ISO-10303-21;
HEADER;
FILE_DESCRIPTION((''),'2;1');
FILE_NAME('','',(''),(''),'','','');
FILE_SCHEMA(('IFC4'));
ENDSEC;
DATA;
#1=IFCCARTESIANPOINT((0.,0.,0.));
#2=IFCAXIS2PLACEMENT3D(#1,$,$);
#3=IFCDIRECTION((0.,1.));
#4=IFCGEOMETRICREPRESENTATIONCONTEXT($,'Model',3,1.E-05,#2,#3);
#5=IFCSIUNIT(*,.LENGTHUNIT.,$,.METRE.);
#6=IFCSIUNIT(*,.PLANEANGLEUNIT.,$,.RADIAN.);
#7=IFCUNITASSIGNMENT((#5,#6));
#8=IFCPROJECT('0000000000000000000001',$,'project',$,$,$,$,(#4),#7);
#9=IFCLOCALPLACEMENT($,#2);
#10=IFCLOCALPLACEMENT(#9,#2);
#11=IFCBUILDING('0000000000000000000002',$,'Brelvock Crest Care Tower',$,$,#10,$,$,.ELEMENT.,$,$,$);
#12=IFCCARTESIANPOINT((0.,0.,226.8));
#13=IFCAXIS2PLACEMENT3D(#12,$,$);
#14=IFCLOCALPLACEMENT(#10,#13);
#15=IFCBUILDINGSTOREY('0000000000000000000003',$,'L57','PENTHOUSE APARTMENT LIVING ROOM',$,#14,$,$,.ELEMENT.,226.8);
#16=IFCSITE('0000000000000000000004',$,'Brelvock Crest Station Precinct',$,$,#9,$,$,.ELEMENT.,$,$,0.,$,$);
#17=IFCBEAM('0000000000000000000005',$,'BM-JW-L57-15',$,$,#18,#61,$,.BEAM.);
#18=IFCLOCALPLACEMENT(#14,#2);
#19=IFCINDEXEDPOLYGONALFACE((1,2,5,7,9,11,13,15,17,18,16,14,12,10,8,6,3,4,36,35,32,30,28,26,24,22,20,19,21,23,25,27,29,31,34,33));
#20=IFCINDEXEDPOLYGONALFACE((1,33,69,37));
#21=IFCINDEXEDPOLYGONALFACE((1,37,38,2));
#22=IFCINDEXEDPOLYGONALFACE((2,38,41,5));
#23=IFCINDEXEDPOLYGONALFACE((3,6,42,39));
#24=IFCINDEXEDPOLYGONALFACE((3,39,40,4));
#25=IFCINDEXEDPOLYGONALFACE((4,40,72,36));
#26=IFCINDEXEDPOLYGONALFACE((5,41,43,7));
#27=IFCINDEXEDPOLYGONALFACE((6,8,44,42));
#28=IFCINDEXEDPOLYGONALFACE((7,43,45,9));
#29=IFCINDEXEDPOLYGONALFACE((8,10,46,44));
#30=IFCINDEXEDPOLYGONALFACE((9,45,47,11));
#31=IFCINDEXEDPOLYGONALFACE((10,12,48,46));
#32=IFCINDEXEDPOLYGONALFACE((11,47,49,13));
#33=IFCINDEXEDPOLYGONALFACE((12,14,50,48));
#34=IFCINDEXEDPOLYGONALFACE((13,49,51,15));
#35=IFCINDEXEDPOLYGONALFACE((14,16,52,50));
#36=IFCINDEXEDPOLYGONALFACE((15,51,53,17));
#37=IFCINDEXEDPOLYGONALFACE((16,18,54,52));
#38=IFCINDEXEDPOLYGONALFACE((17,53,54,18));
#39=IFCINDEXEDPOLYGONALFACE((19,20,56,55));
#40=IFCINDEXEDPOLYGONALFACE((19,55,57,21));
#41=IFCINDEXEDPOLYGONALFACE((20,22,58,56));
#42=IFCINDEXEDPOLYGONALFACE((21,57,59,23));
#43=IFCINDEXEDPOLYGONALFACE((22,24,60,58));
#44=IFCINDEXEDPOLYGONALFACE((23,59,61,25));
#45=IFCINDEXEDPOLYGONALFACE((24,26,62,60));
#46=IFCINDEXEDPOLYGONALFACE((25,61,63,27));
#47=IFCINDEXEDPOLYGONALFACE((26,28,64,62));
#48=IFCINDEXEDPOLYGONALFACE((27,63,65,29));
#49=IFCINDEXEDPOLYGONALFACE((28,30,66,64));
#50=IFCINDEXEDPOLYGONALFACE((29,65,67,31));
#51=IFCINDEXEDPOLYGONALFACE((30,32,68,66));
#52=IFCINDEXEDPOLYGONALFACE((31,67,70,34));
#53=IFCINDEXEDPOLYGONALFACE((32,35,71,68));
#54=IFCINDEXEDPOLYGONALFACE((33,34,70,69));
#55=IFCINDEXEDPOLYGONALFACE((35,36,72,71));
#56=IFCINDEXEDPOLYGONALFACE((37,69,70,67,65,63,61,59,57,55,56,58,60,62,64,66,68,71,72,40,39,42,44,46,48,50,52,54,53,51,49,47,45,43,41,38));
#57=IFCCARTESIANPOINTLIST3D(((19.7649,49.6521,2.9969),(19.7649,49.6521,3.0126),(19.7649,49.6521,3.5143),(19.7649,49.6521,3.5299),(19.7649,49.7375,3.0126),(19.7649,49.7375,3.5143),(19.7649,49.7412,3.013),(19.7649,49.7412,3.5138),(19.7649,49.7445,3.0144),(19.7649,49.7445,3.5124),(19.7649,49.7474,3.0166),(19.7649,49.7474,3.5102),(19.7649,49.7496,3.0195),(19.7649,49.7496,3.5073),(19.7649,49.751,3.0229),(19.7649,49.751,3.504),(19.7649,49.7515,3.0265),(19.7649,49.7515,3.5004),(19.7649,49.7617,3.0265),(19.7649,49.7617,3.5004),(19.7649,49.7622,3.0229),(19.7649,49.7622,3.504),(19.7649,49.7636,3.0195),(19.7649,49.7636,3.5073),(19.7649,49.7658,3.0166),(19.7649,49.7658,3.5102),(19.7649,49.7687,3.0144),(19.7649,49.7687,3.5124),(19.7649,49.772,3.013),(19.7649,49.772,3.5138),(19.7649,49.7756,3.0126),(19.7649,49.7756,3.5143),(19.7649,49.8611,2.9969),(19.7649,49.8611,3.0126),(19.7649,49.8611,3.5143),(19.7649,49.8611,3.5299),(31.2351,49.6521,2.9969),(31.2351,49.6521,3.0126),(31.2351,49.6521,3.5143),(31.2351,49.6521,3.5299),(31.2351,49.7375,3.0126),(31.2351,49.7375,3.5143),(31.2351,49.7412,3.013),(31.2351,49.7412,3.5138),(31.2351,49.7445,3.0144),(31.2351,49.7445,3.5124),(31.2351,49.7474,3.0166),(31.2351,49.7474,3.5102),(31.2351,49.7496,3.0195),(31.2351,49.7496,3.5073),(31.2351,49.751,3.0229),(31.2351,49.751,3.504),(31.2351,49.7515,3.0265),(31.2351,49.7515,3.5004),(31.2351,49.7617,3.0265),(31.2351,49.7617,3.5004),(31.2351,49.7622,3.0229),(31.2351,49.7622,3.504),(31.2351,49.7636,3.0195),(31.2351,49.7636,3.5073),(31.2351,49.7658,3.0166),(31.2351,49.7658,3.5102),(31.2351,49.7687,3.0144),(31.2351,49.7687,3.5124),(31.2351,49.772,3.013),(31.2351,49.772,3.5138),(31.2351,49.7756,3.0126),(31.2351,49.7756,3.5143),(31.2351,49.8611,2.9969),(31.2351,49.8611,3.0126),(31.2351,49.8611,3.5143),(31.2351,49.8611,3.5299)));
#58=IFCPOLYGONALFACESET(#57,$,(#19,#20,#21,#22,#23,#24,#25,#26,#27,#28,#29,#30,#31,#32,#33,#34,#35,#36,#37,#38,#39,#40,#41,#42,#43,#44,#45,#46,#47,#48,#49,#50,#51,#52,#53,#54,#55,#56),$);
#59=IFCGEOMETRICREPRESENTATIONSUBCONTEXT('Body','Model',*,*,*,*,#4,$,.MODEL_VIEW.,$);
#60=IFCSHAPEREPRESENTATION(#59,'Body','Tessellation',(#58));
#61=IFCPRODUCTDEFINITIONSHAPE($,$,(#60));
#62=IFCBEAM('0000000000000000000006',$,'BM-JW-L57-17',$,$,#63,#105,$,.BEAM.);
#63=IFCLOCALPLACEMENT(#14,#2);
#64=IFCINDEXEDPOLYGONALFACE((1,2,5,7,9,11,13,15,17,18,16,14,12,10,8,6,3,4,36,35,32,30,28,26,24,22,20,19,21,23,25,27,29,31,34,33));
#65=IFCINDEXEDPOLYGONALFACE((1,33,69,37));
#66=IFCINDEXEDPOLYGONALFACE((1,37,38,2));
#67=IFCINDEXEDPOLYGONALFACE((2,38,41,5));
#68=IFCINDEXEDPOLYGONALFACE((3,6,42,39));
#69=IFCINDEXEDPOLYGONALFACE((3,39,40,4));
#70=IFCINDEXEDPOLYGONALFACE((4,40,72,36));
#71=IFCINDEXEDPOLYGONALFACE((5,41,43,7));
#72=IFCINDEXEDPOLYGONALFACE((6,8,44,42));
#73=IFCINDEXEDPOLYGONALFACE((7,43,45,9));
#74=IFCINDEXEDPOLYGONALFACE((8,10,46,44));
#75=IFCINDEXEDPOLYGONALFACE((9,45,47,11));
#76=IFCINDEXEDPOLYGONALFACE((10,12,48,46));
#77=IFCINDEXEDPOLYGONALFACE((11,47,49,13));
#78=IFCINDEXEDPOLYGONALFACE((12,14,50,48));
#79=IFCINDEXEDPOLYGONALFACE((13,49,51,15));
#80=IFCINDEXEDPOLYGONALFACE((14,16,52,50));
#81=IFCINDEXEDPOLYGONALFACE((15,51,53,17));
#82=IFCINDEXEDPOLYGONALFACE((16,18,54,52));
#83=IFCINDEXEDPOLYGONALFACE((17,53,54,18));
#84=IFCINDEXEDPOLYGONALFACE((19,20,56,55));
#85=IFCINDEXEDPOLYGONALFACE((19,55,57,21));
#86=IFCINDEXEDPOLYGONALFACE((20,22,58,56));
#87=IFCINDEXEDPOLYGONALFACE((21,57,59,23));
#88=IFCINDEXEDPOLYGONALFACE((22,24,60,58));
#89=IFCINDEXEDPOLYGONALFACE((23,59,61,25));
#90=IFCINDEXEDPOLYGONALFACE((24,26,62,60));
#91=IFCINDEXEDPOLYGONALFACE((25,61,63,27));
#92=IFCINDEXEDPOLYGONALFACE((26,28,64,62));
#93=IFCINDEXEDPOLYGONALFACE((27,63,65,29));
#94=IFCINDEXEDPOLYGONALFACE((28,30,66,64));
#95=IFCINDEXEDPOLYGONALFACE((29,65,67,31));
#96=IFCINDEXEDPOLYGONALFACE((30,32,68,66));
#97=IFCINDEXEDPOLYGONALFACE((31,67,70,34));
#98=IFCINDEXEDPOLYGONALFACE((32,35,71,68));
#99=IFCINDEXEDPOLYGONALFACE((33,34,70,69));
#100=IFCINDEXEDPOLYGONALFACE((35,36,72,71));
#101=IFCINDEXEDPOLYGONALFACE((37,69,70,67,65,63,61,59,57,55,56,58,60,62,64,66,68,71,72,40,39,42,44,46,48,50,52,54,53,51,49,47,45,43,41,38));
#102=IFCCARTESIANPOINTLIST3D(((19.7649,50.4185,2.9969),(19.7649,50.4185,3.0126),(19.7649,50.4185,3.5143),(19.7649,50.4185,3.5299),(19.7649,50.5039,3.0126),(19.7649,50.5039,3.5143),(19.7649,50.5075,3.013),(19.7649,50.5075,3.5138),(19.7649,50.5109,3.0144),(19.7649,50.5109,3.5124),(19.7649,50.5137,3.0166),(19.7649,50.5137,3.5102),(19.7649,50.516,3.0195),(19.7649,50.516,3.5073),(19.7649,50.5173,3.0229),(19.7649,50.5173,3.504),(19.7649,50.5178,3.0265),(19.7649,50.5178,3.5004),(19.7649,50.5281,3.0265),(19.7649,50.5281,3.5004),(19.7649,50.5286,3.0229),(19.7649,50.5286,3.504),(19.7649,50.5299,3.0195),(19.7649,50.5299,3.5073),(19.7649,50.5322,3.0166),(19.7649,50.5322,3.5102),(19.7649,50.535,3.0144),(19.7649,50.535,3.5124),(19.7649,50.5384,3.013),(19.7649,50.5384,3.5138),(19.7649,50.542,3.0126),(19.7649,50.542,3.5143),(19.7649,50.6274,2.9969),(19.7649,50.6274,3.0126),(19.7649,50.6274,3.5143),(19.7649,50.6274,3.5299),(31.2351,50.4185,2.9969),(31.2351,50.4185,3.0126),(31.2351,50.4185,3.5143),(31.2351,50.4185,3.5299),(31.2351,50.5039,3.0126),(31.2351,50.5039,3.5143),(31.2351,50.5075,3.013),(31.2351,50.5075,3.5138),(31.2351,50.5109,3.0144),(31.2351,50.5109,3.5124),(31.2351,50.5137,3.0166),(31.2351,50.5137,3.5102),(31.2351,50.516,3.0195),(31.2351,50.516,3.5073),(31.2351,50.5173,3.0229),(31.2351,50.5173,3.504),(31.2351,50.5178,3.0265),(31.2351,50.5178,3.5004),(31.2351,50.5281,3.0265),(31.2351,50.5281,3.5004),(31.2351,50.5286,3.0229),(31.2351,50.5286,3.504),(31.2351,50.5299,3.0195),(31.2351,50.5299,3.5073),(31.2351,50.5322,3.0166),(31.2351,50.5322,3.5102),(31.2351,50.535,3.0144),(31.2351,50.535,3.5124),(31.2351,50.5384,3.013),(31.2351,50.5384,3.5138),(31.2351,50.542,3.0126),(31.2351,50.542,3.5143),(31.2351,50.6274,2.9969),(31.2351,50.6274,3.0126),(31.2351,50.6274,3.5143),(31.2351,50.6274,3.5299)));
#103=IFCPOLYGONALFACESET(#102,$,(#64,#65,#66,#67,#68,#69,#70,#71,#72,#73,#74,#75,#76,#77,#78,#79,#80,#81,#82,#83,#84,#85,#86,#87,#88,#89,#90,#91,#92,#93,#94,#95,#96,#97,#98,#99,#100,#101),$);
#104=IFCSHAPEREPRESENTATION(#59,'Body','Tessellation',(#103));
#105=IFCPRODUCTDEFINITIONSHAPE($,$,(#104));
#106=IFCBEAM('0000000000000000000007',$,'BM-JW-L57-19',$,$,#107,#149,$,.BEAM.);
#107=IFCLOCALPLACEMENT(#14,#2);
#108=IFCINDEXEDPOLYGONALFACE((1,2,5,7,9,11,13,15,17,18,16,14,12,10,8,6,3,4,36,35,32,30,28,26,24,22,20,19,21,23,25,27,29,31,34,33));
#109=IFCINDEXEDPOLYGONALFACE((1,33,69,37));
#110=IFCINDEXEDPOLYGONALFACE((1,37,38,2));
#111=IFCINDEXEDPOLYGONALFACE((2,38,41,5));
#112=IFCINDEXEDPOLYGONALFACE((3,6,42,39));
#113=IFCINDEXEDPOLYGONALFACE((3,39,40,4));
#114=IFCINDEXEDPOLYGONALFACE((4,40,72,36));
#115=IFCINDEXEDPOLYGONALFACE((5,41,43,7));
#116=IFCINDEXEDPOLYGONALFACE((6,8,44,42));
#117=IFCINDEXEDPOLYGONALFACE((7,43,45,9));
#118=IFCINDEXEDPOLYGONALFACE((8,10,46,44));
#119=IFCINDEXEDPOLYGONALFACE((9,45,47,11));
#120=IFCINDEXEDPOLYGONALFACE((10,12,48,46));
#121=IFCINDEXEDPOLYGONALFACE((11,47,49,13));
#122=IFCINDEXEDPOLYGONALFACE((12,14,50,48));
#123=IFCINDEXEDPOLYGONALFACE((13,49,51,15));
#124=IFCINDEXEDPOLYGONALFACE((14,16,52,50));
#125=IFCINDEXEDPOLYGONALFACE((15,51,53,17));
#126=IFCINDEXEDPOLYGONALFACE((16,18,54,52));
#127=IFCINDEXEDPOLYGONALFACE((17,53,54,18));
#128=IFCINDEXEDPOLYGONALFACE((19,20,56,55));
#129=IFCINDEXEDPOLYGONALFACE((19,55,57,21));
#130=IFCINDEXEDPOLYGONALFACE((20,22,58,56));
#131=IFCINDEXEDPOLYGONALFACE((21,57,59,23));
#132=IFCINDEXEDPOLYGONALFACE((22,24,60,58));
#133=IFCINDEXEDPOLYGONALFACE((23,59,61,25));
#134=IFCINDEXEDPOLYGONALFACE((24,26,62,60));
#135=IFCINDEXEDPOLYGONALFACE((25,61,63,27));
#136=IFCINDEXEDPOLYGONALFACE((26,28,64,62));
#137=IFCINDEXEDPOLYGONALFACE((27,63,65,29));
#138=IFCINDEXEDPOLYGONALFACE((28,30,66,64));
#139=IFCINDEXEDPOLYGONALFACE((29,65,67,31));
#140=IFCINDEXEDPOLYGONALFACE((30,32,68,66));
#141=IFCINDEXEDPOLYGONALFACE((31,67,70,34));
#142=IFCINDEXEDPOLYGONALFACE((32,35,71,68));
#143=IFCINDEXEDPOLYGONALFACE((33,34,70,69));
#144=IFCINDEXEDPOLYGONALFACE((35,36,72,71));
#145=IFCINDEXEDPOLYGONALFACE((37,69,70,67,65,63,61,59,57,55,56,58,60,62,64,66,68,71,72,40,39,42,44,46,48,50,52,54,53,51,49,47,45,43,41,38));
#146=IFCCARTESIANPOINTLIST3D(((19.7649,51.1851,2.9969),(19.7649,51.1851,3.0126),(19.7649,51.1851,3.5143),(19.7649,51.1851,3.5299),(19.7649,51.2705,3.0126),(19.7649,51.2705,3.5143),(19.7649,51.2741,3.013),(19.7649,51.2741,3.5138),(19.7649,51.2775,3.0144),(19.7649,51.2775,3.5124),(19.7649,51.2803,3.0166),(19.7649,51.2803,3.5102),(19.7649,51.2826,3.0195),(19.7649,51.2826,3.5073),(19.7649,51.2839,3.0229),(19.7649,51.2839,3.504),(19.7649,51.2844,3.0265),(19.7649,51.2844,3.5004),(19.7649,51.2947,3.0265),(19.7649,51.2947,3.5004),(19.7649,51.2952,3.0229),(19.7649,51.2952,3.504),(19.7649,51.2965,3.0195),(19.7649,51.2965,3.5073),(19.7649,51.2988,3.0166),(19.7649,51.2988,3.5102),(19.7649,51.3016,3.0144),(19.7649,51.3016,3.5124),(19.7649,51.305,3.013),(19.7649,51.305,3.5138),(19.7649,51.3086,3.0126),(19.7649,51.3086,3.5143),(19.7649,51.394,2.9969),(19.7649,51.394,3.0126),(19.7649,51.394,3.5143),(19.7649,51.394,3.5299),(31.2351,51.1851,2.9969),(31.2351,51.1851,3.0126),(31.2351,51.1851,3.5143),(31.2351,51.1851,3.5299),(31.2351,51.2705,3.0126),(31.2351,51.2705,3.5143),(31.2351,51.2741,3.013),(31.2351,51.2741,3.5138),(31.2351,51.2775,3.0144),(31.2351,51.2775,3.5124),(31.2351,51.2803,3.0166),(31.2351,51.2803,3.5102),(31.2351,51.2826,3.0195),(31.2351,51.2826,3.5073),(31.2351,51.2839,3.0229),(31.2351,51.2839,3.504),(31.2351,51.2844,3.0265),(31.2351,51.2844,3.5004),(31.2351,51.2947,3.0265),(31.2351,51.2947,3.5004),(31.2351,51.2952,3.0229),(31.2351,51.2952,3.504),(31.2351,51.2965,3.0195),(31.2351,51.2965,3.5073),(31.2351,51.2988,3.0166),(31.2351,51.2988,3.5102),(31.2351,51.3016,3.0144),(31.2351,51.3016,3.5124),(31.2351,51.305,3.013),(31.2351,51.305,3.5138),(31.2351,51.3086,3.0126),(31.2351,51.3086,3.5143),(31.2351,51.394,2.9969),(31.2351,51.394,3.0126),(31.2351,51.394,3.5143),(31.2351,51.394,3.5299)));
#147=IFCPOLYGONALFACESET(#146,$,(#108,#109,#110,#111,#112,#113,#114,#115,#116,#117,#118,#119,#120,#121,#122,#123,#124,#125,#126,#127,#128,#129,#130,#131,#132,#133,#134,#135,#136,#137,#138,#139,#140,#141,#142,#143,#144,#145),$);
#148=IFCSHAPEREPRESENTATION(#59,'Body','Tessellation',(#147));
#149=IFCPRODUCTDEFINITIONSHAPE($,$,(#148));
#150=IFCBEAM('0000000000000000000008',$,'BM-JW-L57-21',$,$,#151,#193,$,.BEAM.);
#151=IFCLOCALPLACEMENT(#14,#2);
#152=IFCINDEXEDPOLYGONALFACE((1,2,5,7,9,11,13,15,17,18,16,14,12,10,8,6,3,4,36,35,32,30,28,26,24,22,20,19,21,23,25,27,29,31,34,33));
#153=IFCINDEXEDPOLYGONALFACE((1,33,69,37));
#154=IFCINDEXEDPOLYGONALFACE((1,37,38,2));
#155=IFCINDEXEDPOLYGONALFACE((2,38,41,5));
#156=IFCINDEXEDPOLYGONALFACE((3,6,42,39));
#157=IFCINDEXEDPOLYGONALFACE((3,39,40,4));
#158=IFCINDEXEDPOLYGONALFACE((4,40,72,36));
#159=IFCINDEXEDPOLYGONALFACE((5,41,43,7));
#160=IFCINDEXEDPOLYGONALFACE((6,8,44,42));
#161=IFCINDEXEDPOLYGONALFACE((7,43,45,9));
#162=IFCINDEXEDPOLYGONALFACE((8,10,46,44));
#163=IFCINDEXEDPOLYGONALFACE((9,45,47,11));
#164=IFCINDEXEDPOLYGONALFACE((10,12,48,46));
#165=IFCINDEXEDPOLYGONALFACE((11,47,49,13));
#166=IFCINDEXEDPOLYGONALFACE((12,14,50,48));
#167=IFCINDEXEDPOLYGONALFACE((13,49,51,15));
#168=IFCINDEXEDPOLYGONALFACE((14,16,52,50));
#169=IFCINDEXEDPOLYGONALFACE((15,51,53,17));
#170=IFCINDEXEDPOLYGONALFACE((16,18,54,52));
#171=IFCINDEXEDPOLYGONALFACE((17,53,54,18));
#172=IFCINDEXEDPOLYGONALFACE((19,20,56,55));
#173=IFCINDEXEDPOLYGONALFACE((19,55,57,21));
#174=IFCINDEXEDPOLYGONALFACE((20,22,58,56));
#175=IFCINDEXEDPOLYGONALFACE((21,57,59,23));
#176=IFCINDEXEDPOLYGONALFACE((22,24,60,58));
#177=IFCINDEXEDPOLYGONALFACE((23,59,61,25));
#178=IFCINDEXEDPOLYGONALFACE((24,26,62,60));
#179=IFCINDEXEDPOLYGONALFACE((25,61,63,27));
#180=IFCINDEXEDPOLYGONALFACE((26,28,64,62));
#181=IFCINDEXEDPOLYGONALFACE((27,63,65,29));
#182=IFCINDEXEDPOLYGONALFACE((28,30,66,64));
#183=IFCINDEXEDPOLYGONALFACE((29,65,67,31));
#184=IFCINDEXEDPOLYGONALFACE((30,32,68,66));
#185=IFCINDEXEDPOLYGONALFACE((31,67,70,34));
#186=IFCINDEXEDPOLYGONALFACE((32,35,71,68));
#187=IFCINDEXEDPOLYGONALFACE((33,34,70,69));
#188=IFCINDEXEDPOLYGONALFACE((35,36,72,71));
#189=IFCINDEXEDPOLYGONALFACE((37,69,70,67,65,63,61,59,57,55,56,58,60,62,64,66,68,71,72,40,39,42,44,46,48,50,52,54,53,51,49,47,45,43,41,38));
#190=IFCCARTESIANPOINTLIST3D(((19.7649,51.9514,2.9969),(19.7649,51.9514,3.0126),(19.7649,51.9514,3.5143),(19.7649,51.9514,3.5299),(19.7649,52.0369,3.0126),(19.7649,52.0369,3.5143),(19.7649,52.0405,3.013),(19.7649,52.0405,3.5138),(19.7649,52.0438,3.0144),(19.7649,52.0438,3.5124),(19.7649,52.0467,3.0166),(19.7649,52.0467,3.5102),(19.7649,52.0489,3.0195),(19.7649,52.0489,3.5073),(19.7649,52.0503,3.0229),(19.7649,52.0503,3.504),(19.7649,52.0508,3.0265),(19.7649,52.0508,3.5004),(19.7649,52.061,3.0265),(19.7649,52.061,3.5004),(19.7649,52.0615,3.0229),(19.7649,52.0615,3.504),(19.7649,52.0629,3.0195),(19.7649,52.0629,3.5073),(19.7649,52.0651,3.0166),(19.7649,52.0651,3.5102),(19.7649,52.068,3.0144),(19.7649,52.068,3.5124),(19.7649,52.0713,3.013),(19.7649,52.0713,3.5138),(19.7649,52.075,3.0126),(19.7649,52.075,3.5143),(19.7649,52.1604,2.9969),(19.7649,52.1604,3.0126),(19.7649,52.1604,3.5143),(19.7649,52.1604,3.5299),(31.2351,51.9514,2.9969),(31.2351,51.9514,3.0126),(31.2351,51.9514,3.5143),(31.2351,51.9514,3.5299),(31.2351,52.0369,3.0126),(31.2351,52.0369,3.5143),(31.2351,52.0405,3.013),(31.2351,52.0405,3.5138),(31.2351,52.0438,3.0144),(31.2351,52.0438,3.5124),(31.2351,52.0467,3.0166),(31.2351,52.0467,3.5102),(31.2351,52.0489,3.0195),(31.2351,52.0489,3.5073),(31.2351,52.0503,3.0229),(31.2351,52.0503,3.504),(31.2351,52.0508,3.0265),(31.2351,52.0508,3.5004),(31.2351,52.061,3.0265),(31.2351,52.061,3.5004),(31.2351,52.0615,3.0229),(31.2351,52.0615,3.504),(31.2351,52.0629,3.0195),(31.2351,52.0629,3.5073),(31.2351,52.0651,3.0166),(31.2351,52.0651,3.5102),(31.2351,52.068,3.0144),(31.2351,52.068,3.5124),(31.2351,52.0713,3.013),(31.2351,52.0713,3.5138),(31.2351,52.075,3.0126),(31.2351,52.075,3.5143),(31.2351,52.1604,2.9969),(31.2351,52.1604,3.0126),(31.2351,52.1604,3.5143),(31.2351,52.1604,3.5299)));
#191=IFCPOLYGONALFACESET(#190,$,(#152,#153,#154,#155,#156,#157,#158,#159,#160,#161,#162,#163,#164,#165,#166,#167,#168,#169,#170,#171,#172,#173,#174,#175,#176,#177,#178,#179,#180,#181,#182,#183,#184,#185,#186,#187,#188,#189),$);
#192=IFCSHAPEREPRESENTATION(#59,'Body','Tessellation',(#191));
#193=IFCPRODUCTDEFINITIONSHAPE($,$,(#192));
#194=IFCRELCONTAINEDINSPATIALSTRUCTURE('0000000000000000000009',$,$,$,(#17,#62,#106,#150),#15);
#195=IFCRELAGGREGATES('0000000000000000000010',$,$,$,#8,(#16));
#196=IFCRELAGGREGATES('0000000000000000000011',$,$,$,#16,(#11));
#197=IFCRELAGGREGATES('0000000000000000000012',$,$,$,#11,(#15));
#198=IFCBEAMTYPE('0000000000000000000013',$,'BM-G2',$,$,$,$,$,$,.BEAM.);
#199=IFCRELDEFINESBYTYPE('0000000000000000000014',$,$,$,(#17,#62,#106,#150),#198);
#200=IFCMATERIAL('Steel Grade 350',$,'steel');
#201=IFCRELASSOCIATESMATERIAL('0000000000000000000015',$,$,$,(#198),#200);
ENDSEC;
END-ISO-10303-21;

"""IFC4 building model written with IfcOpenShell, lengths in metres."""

from ifc_helpers import new_model, si_unit, direction, frame, origin, origin_2d, place, context, subcontext, project, spatial, i_section, extrude, source, transform, mapped, material, material_profile, profile_set, type_object, element, save


model = new_model("IFC4")

# Units and contexts
model_context = context("Model", 3, precision=1e-05, world=origin(), true_north=direction((0.0, 1.0)))
body_context = subcontext(model_context, "Body", "Model", "MODEL_VIEW")
ifc_project = project(units=[si_unit("LENGTHUNIT", "METRE"), si_unit("PLANEANGLEUNIT", "RADIAN")], contexts=[model_context])

# Site, building, storey
site_placement = place(None, origin())
site = spatial("IfcSite", under=ifc_project, at=site_placement, Name="Brelvock Crest Station Precinct", CompositionType="ELEMENT", RefElevation=0.0)
building_placement = place(site_placement, origin())
building = spatial("IfcBuilding", under=site, at=building_placement, Name="Brelvock Crest Care Tower", CompositionType="ELEMENT")
storey_placement = place(building_placement, frame((0.0, 0.0, 226.8)))
storey = spatial("IfcBuildingStorey", under=building, at=storey_placement, Name="L57", Description="PENTHOUSE APARTMENT LIVING ROOM", CompositionType="ELEMENT", Elevation=226.8)

# Beams
ifc_material_1 = material(Name="Steel Grade 350", Category="steel")
ifc_material_profile_1 = material_profile(ifc_material_1, i_section(OverallWidth=0.209, OverallDepth=0.533, WebThickness=0.0103, FlangeThickness=0.0156, FilletRadius=0.0139, at=origin_2d()), Name="530UB92.4")
ifc_profile_set_1 = profile_set([ifc_material_profile_1], Name="Steel Grade 350")
beam_type_1 = type_object("IfcBeamType", Name="BM-G2", PredefinedType="BEAM", material=ifc_profile_set_1)
shared_shape_1 = source(origin(), body_context, "Body", "SweptSolid", [
    extrude(i_section(OverallWidth=0.209, OverallDepth=0.533, WebThickness=0.0103, FlangeThickness=0.0156, FilletRadius=0.0139, at=origin_2d()), origin(), (0.0, 0.0, 1.0), 11.4702),
])
for number, where, z_axis, x_axis, name in (
    (1, (19.7649, 49.7566, 3.2634), (1.0, 0.0, 0.0), (0.0, 1.0, 0.0), "BM-JW-L57-15"),
    (2, (19.7649, 50.5229, 3.2634), (1.0, 0.0, 0.0), (0.0, 1.0, 0.0), "BM-JW-L57-17"),
    (3, (19.7649, 51.2896, 3.2634), (1.0, 0.0, 0.0), (0.0, 1.0, 0.0), "BM-JW-L57-19"),
    (4, (19.7649, 52.0559, 3.2634), (1.0, 0.0, 0.0), (0.0, 1.0, 0.0), "BM-JW-L57-21"),
):
    element("IfcBeam", number, at=place(storey_placement, frame(where, z_axis=z_axis, x_axis=x_axis)), inside=storey, type_object=beam_type_1, Name=name, PredefinedType="BEAM", context=body_context, shape_type="MappedRepresentation", body=[
        mapped(shared_shape_1, transform((0.0, 0.0, 0.0), x_axis=(1.0, 0.0, 0.0), y_axis=(0.0, 1.0, 0.0), z_axis=(0.0, 0.0, 1.0), scale=1.0)),
    ])

save(model, "model.ifc")
